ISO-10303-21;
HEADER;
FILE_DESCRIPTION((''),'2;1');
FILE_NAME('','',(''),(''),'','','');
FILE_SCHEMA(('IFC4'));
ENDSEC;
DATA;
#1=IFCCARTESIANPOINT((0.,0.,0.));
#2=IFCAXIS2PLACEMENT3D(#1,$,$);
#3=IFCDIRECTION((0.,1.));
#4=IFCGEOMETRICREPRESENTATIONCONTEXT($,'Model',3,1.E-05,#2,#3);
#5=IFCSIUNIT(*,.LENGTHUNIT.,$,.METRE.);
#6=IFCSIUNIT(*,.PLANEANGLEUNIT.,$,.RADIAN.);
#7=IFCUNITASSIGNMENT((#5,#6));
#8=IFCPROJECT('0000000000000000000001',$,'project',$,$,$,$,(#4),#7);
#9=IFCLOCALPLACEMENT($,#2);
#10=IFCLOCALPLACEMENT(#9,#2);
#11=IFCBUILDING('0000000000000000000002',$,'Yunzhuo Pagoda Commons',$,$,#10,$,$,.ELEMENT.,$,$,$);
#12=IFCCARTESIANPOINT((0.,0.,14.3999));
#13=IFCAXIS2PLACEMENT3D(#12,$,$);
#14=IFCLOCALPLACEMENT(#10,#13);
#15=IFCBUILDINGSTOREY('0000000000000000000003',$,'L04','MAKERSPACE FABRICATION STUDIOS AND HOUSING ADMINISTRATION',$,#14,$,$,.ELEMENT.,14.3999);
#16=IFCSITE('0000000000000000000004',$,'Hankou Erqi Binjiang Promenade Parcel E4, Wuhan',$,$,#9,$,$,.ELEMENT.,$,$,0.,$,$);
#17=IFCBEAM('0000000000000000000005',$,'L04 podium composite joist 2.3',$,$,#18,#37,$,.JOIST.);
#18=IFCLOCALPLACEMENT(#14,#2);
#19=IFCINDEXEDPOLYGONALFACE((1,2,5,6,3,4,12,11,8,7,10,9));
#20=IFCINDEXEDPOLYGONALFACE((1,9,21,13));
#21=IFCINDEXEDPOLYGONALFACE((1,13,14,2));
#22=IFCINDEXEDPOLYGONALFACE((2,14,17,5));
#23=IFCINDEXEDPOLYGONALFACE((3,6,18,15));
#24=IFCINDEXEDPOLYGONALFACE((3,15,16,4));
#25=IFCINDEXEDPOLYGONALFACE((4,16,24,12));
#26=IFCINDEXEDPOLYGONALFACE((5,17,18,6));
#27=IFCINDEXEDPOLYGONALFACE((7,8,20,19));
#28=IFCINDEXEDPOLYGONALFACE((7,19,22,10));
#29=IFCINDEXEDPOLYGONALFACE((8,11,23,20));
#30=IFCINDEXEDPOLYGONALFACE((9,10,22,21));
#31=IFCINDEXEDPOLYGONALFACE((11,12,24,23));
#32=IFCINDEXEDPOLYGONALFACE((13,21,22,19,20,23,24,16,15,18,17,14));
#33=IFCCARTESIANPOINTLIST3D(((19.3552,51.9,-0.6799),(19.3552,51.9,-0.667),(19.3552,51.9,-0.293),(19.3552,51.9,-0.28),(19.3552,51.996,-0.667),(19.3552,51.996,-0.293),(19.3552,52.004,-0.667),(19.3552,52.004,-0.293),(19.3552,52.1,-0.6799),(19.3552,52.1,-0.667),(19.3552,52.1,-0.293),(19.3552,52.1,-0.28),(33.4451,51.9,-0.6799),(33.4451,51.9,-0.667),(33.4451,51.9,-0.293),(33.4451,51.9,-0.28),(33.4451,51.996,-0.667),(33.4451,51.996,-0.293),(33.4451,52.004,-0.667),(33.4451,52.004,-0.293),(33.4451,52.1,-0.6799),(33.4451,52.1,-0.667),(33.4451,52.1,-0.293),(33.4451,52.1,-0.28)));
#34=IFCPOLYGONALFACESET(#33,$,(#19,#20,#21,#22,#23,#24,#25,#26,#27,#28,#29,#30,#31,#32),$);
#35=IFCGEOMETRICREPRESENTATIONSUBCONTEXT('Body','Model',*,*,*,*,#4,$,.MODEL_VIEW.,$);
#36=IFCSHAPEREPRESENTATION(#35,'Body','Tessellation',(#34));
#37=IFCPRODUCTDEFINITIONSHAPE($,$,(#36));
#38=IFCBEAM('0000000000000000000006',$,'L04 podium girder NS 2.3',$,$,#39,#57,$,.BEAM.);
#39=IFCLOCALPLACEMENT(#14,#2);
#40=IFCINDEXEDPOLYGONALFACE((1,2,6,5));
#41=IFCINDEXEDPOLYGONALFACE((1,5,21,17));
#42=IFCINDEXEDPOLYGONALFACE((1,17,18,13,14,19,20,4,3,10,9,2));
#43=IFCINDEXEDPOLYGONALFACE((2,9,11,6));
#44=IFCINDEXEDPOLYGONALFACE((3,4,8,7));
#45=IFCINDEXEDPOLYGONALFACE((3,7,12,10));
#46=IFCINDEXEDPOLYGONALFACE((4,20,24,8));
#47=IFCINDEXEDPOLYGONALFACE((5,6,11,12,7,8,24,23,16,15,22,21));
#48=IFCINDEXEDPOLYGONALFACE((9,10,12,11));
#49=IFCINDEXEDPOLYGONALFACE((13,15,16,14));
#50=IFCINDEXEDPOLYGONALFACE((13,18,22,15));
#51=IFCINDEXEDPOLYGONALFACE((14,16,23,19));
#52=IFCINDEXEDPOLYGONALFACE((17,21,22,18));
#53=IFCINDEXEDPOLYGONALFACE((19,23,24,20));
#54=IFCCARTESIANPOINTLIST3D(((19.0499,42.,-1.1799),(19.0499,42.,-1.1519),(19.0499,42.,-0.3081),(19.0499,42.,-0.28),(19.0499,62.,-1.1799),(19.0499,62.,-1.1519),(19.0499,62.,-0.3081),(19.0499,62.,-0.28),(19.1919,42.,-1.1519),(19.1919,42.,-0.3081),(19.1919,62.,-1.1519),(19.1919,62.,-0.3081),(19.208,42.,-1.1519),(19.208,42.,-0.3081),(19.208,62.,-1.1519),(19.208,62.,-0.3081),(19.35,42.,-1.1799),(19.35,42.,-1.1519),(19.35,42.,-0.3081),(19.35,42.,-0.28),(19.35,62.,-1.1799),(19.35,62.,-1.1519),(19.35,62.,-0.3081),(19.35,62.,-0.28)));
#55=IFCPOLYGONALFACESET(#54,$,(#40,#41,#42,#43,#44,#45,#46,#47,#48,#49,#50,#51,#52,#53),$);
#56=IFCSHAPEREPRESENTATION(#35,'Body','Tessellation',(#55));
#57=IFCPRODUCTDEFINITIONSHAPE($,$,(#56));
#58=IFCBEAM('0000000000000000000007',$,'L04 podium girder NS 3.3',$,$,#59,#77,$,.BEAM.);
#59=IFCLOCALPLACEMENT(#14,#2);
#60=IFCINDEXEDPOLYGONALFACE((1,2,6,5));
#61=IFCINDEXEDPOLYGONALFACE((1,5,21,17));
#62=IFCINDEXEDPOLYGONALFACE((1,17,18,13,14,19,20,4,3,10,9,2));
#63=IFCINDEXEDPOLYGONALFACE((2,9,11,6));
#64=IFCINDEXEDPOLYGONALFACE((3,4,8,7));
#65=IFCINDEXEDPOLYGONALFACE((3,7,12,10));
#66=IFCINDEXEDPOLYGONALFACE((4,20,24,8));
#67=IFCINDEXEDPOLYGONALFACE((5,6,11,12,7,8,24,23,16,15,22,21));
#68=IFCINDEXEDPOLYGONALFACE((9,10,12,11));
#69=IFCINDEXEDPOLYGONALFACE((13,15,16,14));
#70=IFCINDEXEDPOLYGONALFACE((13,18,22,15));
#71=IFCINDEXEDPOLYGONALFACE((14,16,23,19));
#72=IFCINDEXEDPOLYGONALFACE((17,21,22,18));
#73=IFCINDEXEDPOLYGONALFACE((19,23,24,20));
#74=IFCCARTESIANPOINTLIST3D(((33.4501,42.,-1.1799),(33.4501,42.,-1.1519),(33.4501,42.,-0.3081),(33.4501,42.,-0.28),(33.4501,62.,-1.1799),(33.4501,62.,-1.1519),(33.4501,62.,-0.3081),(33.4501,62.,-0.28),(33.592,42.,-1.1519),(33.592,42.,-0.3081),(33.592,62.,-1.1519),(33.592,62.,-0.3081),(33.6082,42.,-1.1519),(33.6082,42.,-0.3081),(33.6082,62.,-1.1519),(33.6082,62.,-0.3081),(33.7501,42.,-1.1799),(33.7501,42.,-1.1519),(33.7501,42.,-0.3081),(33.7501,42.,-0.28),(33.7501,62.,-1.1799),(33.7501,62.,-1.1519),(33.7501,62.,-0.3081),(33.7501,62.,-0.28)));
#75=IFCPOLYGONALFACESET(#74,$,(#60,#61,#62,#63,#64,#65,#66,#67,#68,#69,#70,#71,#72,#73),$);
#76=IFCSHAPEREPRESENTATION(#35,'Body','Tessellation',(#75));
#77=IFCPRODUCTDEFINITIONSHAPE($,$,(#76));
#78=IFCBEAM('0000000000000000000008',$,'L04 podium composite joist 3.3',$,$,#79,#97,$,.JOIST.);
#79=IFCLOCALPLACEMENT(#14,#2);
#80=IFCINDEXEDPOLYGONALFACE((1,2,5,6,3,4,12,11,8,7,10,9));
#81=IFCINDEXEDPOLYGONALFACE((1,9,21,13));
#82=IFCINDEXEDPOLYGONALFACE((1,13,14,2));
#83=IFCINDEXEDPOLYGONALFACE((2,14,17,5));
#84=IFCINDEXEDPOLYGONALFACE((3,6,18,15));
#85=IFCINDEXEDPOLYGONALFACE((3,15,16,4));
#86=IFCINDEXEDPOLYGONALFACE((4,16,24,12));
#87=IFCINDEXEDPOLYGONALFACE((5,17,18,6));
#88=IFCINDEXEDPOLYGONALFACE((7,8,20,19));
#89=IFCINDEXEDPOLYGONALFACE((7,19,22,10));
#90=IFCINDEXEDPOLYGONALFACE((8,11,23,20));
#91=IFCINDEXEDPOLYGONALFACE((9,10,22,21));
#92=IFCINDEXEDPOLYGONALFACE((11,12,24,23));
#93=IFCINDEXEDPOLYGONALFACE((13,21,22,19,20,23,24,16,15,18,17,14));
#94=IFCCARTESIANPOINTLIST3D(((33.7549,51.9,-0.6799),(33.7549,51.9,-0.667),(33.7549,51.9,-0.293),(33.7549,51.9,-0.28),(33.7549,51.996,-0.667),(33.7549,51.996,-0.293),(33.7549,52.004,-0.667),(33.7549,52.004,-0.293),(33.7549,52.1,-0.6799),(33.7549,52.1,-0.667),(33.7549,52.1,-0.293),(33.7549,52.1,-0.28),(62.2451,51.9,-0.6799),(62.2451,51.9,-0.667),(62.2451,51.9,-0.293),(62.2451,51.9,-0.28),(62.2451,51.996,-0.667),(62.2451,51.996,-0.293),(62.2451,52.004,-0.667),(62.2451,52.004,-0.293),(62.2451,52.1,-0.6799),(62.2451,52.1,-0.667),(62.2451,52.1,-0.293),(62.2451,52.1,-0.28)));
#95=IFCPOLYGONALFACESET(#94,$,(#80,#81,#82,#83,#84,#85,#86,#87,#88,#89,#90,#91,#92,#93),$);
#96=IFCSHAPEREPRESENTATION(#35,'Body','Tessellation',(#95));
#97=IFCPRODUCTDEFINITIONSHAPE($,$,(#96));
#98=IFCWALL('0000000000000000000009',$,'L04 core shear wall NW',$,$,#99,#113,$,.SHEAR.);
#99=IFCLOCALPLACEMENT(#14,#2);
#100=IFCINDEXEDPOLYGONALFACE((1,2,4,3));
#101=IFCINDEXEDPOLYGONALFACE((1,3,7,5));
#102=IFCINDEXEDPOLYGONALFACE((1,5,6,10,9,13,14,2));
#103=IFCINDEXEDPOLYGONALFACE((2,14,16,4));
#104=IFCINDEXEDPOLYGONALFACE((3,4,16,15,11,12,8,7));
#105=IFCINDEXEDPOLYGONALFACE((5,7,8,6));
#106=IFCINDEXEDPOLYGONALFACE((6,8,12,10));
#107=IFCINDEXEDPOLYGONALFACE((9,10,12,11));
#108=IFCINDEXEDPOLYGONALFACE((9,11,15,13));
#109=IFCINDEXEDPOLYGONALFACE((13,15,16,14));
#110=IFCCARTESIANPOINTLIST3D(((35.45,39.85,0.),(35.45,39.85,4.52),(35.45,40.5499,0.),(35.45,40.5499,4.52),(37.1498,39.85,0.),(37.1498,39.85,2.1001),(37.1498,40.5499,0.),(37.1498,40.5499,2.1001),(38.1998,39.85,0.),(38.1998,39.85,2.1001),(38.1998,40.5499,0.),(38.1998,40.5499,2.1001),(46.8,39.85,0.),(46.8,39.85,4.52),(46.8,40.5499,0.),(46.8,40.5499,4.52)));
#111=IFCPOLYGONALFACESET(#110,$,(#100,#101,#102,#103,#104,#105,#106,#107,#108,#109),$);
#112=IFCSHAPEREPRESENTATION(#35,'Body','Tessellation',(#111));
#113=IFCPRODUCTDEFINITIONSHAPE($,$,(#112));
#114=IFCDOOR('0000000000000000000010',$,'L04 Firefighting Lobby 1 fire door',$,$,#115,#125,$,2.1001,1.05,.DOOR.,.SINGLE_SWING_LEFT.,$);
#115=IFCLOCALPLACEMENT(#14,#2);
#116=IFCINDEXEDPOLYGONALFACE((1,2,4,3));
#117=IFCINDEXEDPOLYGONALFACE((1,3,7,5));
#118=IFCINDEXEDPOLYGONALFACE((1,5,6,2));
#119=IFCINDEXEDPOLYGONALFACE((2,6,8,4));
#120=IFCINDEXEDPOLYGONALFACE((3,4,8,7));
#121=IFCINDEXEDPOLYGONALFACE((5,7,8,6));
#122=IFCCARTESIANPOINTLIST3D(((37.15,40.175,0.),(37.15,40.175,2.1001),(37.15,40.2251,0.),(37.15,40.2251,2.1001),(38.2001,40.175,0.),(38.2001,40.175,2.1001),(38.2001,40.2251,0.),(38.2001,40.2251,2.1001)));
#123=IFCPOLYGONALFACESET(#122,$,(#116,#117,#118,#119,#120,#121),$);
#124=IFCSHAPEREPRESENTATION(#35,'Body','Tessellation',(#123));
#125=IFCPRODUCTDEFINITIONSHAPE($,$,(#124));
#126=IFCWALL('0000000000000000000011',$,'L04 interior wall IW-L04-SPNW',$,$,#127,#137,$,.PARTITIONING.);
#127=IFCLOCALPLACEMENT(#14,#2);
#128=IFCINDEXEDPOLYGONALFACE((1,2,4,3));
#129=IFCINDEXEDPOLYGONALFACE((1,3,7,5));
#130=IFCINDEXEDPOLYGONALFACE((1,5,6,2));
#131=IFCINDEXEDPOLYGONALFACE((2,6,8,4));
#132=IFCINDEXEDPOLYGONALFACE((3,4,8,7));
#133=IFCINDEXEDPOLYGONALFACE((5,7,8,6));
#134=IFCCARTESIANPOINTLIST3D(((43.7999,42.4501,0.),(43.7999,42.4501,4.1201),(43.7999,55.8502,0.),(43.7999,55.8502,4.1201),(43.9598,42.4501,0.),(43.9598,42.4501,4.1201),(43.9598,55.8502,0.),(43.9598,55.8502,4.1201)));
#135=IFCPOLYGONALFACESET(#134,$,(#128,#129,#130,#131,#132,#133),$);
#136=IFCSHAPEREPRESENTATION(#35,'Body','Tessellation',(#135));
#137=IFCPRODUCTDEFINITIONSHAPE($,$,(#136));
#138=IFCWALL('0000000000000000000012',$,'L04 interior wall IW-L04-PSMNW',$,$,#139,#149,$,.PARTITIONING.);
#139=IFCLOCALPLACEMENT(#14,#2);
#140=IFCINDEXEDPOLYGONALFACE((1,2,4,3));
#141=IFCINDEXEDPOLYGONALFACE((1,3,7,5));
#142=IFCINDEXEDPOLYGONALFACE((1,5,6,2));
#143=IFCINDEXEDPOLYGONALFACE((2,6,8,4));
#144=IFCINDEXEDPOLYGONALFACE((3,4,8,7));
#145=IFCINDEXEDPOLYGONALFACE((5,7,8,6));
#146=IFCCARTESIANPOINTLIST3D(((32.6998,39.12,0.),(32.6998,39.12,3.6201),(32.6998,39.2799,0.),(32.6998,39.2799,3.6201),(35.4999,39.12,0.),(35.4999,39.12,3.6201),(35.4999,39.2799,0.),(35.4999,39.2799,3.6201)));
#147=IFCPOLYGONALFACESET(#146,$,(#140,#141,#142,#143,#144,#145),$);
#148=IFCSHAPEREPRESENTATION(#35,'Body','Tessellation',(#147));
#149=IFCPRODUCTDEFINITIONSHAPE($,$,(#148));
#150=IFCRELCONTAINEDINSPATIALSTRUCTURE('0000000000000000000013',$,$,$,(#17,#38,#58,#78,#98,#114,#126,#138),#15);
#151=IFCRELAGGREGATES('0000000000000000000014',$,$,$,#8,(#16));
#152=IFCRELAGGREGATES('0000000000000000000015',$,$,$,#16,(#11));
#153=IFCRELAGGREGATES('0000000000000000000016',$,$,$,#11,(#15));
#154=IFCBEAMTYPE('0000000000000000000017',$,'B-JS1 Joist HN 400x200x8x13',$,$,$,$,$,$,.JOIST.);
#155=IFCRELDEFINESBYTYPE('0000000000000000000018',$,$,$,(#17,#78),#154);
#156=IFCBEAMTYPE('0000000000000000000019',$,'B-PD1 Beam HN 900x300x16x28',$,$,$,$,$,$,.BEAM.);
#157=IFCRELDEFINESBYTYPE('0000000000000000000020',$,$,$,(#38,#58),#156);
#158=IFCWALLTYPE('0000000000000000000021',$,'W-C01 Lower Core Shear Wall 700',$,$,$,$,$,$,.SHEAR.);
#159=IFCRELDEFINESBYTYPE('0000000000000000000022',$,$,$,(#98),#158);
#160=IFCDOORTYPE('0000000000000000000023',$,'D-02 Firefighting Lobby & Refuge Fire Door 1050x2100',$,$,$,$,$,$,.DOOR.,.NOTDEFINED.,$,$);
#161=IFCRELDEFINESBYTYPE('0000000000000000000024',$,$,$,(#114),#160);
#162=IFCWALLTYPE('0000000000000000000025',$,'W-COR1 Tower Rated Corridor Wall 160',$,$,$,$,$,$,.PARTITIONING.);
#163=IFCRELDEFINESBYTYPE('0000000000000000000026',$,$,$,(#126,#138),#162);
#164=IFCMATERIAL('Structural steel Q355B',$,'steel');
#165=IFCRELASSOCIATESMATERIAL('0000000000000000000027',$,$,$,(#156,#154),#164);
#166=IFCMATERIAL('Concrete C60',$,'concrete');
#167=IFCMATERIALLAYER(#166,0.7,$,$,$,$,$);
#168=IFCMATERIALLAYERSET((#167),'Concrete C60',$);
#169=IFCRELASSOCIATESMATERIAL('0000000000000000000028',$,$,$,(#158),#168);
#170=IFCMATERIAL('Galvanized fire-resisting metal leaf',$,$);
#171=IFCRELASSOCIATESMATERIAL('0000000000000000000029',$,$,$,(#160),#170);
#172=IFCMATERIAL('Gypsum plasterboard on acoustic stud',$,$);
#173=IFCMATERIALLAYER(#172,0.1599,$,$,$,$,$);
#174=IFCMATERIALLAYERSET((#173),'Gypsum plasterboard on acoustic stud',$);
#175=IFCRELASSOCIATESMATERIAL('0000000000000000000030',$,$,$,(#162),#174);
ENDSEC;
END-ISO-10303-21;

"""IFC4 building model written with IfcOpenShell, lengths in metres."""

from ifc_helpers import new_model, si_unit, direction, frame, frame_2d, origin, origin_2d, place, context, subcontext, project, spatial, rectangle, i_section, extrude, source, transform, mapped, material, layer, layer_set, material_profile, profile_set, type_object, element, fill, save


model = new_model("IFC4")

# Units and contexts
model_context = context("Model", 3, precision=1e-05, world=origin(), true_north=direction((0.0, 1.0)))
body_context = subcontext(model_context, "Body", "Model", "MODEL_VIEW")
ifc_project = project(units=[si_unit("LENGTHUNIT", "METRE"), si_unit("PLANEANGLEUNIT", "RADIAN")], contexts=[model_context])

# Site, building, storey
site_placement = place(None, origin())
site = spatial("IfcSite", under=ifc_project, at=site_placement, Name="Hankou Erqi Binjiang Promenade Parcel E4, Wuhan", CompositionType="ELEMENT", RefElevation=0.0)
building_placement = place(site_placement, origin())
building = spatial("IfcBuilding", under=site, at=building_placement, Name="Yunzhuo Pagoda Commons", CompositionType="ELEMENT")
storey_placement = place(building_placement, frame((0.0, 0.0, 14.3999)))
storey = spatial("IfcBuildingStorey", under=building, at=storey_placement, Name="L04", Description="MAKERSPACE FABRICATION STUDIOS AND HOUSING ADMINISTRATION", CompositionType="ELEMENT", Elevation=14.3999)

# Beams
ifc_material_1 = material(Name="Structural steel Q355B", Category="steel")
ifc_material_profile_1 = material_profile(ifc_material_1, i_section(OverallWidth=0.3, OverallDepth=0.8999, WebThickness=0.0161, FlangeThickness=0.0281, at=origin_2d()), Name="Structural steel Q355B")
ifc_profile_set_1 = profile_set([ifc_material_profile_1], Name="Structural steel Q355B")
beam_type_1 = type_object("IfcBeamType", Name="B-PD1 Beam HN 900x300x16x28", PredefinedType="BEAM", material=ifc_profile_set_1)
ifc_material_profile_2 = material_profile(ifc_material_1, i_section(OverallWidth=0.2, OverallDepth=0.3999, WebThickness=0.0081, FlangeThickness=0.0129, at=origin_2d()), Name="Structural steel Q355B")
ifc_profile_set_2 = profile_set([ifc_material_profile_2], Name="Structural steel Q355B")
beam_type_2 = type_object("IfcBeamType", Name="B-JS1 Joist HN 400x200x8x13", PredefinedType="JOIST", material=ifc_profile_set_2)
shared_shape_1 = source(origin(), body_context, "Body", "SweptSolid", [
    extrude(i_section(OverallWidth=0.2, OverallDepth=0.3999, WebThickness=0.0081, FlangeThickness=0.0129, at=origin_2d()), origin(), (0.0, 0.0, 1.0), 14.0898),
])
beam_1_placement = place(storey_placement, frame((19.3552, 52.0, -0.48), z_axis=(1.0, 0.0, 0.0), x_axis=(0.0, 1.0, 0.0)))
element("IfcBeam", 1, at=beam_1_placement, inside=storey, type_object=beam_type_2, Name="L04 podium composite joist 2.3", PredefinedType="JOIST", context=body_context, shape_type="MappedRepresentation", body=[
    mapped(shared_shape_1, transform((0.0, 0.0, 0.0), scale=1.0)),
])
shared_shape_2 = source(origin(), body_context, "Body", "SweptSolid", [
    extrude(i_section(OverallWidth=0.3, OverallDepth=0.8999, WebThickness=0.0161, FlangeThickness=0.0281, at=origin_2d()), origin(), (0.0, 0.0, 1.0), 20.0),
])
for number, where, z_axis, x_axis, name in (
    (2, (19.2, 42.0, -0.73), (0.0, 1.0, 0.0), (-1.0, 0.0, 0.0), "L04 podium girder NS 2.3"),
    (3, (33.6001, 42.0, -0.73), (0.0, 1.0, 0.0), (-1.0, 0.0, 0.0), "L04 podium girder NS 3.3"),
):
    element("IfcBeam", number, at=place(storey_placement, frame(where, z_axis=z_axis, x_axis=x_axis)), inside=storey, type_object=beam_type_1, Name=name, PredefinedType="BEAM", context=body_context, shape_type="MappedRepresentation", body=[
        mapped(shared_shape_2, transform((0.0, 0.0, 0.0), scale=1.0)),
    ])
shared_shape_3 = source(origin(), body_context, "Body", "SweptSolid", [
    extrude(i_section(OverallWidth=0.2, OverallDepth=0.3999, WebThickness=0.0081, FlangeThickness=0.0129, at=origin_2d()), origin(), (0.0, 0.0, 1.0), 28.4902),
])
beam_2_placement = place(storey_placement, frame((33.7549, 52.0, -0.48), z_axis=(1.0, 0.0, 0.0), x_axis=(0.0, 1.0, 0.0)))
element("IfcBeam", 4, at=beam_2_placement, inside=storey, type_object=beam_type_2, Name="L04 podium composite joist 3.3", PredefinedType="JOIST", context=body_context, shape_type="MappedRepresentation", body=[
    mapped(shared_shape_3, transform((0.0, 0.0, 0.0), scale=1.0)),
])

# Wall, opening, door
ifc_material_2 = material(Name="Concrete C60", Category="concrete")
ifc_layer_1 = layer(ifc_material_2, 0.7)
ifc_layer_set_1 = layer_set([ifc_layer_1], Name="Concrete C60")
wall_type_1 = type_object("IfcWallType", Name="W-C01 Lower Core Shear Wall 700", PredefinedType="SHEAR", material=ifc_layer_set_1)
wall_1_placement = place(storey_placement, frame((35.45, 40.2, 0.0), z_axis=(0.0, 0.0, 1.0), x_axis=(1.0, 0.0, 0.0)))
wall_1 = element("IfcWall", 5, at=wall_1_placement, inside=storey, type_object=wall_type_1, Name="L04 core shear wall NW", PredefinedType="SHEAR", context=body_context, shape_type="SweptSolid", body=[
    extrude(rectangle(XDim=11.3501, YDim=0.7, at=frame_2d((5.675, 0.0))), origin(), (0.0, 0.0, 1.0), 4.52),
])
opening_1_placement = place(wall_1_placement, frame((1.7, 0.0, 0.0)))
opening_1 = element("IfcOpeningElement", 6, at=opening_1_placement, cuts=wall_1, PredefinedType="OPENING", context=body_context, shape_type="SweptSolid", body=[
    extrude(rectangle(XDim=1.05, YDim=2.1001, at=frame_2d((0.5249, 1.05))), frame((0.0, 0.3599, 0.0), z_axis=(0.0, -1.0, 0.0), x_axis=(1.0, 0.0, 0.0)), (0.0, 0.0, 1.0), 0.72),
])
ifc_material_3 = material(Name="Galvanized fire-resisting metal leaf")
door_type_1 = type_object("IfcDoorType", Name="D-02 Firefighting Lobby & Refuge Fire Door 1050x2100", OperationType="NOTDEFINED", PredefinedType="DOOR", material=ifc_material_3)
shared_shape_4 = source(origin(), body_context, "Body", "SweptSolid", [
    extrude(rectangle(XDim=1.05, YDim=2.1001, at=frame_2d((0.5249, 1.05))), frame((0.0, 0.0249, 0.0), z_axis=(0.0, -1.0, 0.0), x_axis=(1.0, 0.0, 0.0)), (0.0, 0.0, 1.0), 0.05),
])
door_1_placement = place(opening_1_placement, frame((1.05, 0.0, 0.0), z_axis=(0.0, 0.0, 1.0), x_axis=(-1.0, 0.0, 0.0)))
door_1 = element("IfcDoor", 7, at=door_1_placement, inside=storey, type_object=door_type_1, Name="L04 Firefighting Lobby 1 fire door", OperationType="SINGLE_SWING_LEFT", OverallHeight=2.1001, OverallWidth=1.05, PredefinedType="DOOR", context=body_context, shape_type="MappedRepresentation", body=[
    mapped(shared_shape_4, transform((0.0, 0.0, 0.0), scale=1.0)),
])
fill(opening_1, door_1)

# Walls
ifc_material_4 = material(Name="Gypsum plasterboard on acoustic stud")
ifc_layer_2 = layer(ifc_material_4, 0.1599)
ifc_layer_set_2 = layer_set([ifc_layer_2], Name="Gypsum plasterboard on acoustic stud")
wall_type_2 = type_object("IfcWallType", Name="W-COR1 Tower Rated Corridor Wall 160", PredefinedType="PARTITIONING", material=ifc_layer_set_2)
wall_2_placement = place(storey_placement, frame((43.8799, 42.45, 0.0), z_axis=(0.0, 0.0, 1.0), x_axis=(0.0, 1.0, 0.0)))
element("IfcWall", 8, at=wall_2_placement, inside=storey, type_object=wall_type_2, Name="L04 interior wall IW-L04-SPNW", PredefinedType="PARTITIONING", context=body_context, shape_type="SweptSolid", body=[
    extrude(rectangle(XDim=13.4001, YDim=0.1599, at=frame_2d((6.7002, 0.0))), origin(), (0.0, 0.0, 1.0), 4.1201),
])
wall_3_placement = place(storey_placement, frame((32.7, 39.2, 0.0), z_axis=(0.0, 0.0, 1.0), x_axis=(1.0, 0.0, 0.0)))
element("IfcWall", 9, at=wall_3_placement, inside=storey, type_object=wall_type_2, Name="L04 interior wall IW-L04-PSMNW", PredefinedType="PARTITIONING", context=body_context, shape_type="SweptSolid", body=[
    extrude(rectangle(XDim=2.8, YDim=0.1599, at=frame_2d((1.3999, 0.0))), origin(), (0.0, 0.0, 1.0), 3.6201),
])

save(model, "model.ifc")
